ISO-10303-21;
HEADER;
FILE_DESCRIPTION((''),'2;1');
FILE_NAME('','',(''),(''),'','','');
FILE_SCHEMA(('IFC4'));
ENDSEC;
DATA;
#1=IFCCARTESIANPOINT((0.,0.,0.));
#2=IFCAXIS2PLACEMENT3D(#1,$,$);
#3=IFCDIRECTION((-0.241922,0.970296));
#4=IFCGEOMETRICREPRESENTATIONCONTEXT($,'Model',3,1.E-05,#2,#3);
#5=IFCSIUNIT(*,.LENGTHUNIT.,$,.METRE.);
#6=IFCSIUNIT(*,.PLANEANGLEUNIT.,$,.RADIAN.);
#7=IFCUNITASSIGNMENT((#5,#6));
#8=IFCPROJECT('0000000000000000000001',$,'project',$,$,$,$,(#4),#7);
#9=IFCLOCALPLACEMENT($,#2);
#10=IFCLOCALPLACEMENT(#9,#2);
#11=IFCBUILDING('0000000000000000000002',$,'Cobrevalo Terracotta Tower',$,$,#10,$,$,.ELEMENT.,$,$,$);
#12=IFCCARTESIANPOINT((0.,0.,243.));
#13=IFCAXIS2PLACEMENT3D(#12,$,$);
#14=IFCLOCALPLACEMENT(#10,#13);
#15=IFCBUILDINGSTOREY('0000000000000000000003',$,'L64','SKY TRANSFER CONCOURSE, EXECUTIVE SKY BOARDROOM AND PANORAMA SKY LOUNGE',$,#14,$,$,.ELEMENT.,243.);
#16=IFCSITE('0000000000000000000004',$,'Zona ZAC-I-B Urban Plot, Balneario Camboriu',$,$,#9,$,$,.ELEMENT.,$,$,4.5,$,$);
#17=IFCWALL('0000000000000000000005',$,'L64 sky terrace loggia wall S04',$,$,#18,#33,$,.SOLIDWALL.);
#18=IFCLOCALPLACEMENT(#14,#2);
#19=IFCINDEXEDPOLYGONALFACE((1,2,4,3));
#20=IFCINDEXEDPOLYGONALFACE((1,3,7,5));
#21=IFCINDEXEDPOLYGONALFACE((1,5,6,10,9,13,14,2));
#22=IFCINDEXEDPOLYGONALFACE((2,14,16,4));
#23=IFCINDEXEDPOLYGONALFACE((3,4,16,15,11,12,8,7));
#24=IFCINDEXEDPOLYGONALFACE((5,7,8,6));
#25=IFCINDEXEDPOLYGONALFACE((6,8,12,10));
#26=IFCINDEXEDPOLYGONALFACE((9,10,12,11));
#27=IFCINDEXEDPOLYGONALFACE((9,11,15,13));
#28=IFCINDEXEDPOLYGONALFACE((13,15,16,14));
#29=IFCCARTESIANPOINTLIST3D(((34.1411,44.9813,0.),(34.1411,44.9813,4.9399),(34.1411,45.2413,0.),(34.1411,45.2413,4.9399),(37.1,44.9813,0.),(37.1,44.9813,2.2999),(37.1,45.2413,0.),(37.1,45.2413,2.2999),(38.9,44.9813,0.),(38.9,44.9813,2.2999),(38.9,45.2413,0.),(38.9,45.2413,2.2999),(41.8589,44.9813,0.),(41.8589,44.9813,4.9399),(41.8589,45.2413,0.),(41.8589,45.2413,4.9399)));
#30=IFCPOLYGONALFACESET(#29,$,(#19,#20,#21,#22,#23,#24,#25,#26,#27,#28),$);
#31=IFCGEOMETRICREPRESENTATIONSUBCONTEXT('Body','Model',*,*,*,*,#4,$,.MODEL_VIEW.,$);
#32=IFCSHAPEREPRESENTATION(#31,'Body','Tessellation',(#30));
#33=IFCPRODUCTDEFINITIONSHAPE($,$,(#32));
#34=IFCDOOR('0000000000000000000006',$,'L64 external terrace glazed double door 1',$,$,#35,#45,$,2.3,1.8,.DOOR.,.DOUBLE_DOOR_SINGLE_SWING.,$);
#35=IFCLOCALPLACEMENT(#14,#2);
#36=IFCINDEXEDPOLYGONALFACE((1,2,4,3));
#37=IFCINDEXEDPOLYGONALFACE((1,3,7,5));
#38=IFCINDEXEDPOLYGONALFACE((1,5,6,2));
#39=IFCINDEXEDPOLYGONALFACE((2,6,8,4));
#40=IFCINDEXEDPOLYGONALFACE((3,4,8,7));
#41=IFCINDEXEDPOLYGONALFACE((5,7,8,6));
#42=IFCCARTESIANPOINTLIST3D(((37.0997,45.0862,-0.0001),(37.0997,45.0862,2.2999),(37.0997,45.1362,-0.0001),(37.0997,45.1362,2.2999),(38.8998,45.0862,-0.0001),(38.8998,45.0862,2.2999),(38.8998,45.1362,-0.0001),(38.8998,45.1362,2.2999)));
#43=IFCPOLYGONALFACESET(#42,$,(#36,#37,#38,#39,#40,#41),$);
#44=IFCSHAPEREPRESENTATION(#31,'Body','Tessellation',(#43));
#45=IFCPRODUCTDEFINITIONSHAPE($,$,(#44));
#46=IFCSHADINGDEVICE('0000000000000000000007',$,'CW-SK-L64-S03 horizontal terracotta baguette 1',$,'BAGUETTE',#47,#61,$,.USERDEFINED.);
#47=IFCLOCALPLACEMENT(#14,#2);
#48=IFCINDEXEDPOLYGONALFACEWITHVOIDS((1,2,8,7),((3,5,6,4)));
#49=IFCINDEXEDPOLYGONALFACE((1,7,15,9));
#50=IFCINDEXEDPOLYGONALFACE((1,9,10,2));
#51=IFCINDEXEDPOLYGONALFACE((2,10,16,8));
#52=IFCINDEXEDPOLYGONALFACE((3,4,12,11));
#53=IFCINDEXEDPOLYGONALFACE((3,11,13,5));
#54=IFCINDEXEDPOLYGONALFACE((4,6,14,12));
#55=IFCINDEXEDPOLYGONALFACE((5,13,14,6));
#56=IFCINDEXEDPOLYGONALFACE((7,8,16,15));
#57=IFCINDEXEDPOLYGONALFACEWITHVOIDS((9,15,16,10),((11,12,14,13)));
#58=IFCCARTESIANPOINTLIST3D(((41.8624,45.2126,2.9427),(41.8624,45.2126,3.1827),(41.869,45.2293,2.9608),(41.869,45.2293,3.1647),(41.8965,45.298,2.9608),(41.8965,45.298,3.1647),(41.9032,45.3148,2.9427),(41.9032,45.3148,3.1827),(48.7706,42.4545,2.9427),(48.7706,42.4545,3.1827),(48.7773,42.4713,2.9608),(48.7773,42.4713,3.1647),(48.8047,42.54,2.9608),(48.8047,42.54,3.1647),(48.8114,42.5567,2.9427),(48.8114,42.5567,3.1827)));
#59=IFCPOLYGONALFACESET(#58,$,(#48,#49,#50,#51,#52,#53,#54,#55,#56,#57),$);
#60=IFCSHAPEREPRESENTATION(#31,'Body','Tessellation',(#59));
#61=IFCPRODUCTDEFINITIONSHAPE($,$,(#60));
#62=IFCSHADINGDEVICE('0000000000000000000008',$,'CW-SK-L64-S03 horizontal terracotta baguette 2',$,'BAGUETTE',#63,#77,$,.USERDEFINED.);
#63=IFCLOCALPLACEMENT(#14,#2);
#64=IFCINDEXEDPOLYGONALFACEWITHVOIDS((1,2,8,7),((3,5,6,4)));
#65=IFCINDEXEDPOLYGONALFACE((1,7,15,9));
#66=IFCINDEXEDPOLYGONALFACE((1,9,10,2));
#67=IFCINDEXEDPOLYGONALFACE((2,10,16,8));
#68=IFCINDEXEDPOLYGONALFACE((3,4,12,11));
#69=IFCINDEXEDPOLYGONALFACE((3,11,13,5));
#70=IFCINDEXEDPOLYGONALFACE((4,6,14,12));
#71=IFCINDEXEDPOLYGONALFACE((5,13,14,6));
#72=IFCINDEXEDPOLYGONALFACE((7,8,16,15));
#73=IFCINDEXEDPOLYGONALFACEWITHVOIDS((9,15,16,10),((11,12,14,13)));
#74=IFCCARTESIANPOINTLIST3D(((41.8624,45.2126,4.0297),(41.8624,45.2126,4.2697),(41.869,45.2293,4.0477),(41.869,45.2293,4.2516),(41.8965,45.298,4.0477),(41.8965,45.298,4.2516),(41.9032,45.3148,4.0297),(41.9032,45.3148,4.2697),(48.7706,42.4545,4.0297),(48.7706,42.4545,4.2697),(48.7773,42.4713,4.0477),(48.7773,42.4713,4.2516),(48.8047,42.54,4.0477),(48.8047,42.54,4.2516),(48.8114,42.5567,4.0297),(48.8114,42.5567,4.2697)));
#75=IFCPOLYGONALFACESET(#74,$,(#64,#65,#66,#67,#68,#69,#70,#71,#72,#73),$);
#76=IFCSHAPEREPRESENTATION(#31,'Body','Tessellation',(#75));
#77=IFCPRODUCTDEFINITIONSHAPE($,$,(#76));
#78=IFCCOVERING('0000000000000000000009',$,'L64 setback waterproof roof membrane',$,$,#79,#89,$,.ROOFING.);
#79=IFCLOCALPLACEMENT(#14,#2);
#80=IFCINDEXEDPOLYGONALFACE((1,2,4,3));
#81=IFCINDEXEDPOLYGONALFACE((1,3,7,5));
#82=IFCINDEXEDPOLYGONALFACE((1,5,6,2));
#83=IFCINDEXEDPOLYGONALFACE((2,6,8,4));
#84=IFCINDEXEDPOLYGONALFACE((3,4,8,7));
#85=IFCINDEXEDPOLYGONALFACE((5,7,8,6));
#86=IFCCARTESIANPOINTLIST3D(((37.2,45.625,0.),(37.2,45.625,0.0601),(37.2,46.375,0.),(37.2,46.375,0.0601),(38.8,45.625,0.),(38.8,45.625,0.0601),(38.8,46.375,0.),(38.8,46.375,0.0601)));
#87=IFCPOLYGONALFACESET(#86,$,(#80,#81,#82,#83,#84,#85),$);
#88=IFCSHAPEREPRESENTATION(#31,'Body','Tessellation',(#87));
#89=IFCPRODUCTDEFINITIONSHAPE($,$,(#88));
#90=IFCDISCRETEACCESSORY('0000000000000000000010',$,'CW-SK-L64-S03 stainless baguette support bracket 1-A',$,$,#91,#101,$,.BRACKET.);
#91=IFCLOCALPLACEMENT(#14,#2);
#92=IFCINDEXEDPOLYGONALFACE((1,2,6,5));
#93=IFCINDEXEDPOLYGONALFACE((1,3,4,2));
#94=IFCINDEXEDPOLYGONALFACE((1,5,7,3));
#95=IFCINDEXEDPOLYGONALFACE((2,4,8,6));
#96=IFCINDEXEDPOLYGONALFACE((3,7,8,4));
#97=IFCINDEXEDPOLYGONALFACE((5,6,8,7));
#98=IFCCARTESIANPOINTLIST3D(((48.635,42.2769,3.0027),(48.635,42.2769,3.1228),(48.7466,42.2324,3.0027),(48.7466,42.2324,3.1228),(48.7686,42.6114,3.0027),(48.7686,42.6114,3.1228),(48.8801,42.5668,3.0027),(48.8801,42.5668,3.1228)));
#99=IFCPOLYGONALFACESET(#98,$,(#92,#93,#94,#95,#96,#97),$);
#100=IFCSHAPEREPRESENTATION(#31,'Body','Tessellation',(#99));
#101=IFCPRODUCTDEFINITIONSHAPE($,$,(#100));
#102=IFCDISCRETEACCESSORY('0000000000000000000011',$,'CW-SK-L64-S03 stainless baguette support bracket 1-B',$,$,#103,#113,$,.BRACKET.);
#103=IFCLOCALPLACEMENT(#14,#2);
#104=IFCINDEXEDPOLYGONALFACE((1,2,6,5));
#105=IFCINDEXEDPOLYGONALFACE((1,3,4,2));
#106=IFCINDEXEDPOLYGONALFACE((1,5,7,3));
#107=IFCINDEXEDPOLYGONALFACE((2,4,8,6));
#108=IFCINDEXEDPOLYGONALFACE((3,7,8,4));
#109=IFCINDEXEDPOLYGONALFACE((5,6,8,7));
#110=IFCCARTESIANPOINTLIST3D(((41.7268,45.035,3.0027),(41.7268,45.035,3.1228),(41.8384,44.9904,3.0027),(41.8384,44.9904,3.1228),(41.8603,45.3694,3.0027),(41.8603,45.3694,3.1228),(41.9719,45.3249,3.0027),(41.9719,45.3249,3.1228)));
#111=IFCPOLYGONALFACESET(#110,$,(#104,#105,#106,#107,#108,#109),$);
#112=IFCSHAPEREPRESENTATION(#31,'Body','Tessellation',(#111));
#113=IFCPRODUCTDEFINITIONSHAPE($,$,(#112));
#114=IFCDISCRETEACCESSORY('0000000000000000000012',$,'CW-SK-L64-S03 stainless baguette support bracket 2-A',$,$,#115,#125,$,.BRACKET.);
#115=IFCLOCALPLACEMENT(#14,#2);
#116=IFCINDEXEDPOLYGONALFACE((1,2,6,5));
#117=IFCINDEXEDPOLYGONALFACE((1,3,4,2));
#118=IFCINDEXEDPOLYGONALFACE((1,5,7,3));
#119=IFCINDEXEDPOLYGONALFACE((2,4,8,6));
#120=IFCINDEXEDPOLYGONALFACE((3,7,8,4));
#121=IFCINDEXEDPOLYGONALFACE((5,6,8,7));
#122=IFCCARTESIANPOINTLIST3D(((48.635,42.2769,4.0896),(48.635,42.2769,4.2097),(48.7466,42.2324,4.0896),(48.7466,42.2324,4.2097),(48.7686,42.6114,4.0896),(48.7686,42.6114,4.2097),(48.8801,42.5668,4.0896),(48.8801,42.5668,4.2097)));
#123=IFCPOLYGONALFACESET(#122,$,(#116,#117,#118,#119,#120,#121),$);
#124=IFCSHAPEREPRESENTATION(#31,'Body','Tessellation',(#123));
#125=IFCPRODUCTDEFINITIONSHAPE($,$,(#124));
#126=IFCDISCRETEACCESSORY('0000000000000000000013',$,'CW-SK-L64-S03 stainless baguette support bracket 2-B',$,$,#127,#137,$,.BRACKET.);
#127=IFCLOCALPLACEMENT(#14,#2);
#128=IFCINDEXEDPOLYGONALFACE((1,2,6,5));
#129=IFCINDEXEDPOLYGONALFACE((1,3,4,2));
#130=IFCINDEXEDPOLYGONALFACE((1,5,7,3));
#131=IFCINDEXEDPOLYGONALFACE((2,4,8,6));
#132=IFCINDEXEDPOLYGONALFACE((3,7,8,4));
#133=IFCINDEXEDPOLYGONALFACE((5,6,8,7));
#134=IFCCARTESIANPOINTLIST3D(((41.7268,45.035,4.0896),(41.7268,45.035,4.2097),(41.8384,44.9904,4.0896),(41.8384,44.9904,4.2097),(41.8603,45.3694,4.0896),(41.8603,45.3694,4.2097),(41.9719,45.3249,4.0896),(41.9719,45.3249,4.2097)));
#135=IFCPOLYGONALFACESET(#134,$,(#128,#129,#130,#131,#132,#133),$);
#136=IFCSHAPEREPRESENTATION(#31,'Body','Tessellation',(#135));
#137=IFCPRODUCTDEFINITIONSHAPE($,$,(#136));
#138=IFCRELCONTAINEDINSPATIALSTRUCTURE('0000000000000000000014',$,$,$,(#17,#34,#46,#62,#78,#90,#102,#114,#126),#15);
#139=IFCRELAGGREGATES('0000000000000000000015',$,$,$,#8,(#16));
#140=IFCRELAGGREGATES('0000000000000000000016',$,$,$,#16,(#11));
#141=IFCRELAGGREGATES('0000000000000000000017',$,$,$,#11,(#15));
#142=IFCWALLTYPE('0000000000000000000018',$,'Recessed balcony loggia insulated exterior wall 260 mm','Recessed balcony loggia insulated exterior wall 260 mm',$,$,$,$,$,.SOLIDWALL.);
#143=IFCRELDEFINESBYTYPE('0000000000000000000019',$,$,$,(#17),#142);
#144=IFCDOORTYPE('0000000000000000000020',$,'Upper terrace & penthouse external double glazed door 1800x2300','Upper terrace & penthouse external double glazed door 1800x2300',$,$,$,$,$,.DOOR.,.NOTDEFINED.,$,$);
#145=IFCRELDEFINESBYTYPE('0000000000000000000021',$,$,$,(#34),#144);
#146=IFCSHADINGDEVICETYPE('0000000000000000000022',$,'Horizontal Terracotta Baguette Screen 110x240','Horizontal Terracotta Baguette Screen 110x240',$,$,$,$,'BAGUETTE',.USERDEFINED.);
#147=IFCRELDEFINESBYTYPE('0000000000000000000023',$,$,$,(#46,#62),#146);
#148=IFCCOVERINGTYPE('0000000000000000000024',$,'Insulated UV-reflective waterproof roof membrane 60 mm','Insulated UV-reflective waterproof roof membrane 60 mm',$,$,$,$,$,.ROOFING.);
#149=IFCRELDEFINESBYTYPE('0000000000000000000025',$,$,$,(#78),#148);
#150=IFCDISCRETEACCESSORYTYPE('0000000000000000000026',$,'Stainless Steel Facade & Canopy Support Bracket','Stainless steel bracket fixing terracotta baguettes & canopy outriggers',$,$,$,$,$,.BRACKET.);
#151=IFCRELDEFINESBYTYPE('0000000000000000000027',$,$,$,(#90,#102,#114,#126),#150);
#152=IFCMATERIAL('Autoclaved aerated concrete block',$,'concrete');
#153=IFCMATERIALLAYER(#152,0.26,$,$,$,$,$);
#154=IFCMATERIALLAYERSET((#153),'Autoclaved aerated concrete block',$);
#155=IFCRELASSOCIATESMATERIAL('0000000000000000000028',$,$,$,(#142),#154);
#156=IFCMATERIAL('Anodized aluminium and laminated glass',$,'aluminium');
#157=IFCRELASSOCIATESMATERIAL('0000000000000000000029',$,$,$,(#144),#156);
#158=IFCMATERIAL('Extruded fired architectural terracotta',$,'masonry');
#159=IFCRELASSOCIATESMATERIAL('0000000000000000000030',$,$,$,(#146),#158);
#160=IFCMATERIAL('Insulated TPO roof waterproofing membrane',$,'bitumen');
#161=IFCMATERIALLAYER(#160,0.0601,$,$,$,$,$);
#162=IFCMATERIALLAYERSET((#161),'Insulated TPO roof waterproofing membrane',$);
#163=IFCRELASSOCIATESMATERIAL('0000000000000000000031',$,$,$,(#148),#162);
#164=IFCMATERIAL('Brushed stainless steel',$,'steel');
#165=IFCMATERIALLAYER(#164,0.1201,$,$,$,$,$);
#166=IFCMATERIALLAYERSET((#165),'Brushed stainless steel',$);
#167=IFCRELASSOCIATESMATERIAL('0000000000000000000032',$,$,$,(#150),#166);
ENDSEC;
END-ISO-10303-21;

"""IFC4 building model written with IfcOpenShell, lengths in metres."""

from ifc_helpers import new_model, si_unit, direction, frame, frame_2d, origin, origin_2d, place, context, subcontext, project, spatial, rectangle, hollow_rectangle, extrude, source, transform, mapped, material, layer, layer_set, material_profile, profile_set, type_object, element, fill, save


model = new_model("IFC4")

# Units and contexts
model_context = context("Model", 3, precision=1e-05, world=origin(), true_north=direction((-0.241922, 0.970296)))
body_context = subcontext(model_context, "Body", "Model", "MODEL_VIEW")
ifc_project = project(units=[si_unit("LENGTHUNIT", "METRE"), si_unit("PLANEANGLEUNIT", "RADIAN")], contexts=[model_context])

# Site, building, storey
site_placement = place(None, origin())
site = spatial("IfcSite", under=ifc_project, at=site_placement, Name="Zona ZAC-I-B Urban Plot, Balneario Camboriu", CompositionType="ELEMENT", RefElevation=4.5)
building_placement = place(site_placement, origin())
building = spatial("IfcBuilding", under=site, at=building_placement, Name="Cobrevalo Terracotta Tower", CompositionType="ELEMENT")
storey_placement = place(building_placement, frame((0.0, 0.0, 243.0)))
storey = spatial("IfcBuildingStorey", under=building, at=storey_placement, Name="L64", Description="SKY TRANSFER CONCOURSE, EXECUTIVE SKY BOARDROOM AND PANORAMA SKY LOUNGE", CompositionType="ELEMENT", Elevation=243.0)

# Wall, opening, door
ifc_material_1 = material(Name="Autoclaved aerated concrete block", Category="concrete")
ifc_layer_1 = layer(ifc_material_1, 0.26)
ifc_layer_set_1 = layer_set([ifc_layer_1], Name="Autoclaved aerated concrete block")
wall_type = type_object("IfcWallType", Name="Recessed balcony loggia insulated exterior wall 260 mm", Description="Recessed balcony loggia insulated exterior wall 260 mm", PredefinedType="SOLIDWALL", material=ifc_layer_set_1)
wall_placement = place(storey_placement, frame((41.8589, 45.1113, 0.0), z_axis=(0.0, 0.0, 1.0), x_axis=(-1.0, 0.0, 0.0)))
wall = element("IfcWall", 1, at=wall_placement, inside=storey, type_object=wall_type, Name="L64 sky terrace loggia wall S04", PredefinedType="SOLIDWALL", context=body_context, shape_type="SweptSolid", body=[
    extrude(rectangle(XDim=7.7178, YDim=0.26, at=frame_2d((3.8589, 0.0))), origin(), (0.0, 0.0, 1.0), 4.9399),
])
opening_placement = place(wall_placement, frame((2.959, 0.0, 0.0)))
opening = element("IfcOpeningElement", 2, at=opening_placement, cuts=wall, PredefinedType="OPENING", context=body_context, shape_type="SweptSolid", body=[
    extrude(rectangle(XDim=1.8, YDim=2.3, at=frame_2d((0.8999, 1.1499))), frame((0.0, 0.1401, 0.0), z_axis=(0.0, -1.0, 0.0), x_axis=(1.0, 0.0, 0.0)), (0.0, 0.0, 1.0), 0.28),
])
ifc_material_2 = material(Name="Anodized aluminium and laminated glass", Category="aluminium")
door_type = type_object("IfcDoorType", Name="Upper terrace & penthouse external double glazed door 1800x2300", Description="Upper terrace & penthouse external double glazed door 1800x2300", OperationType="NOTDEFINED", PredefinedType="DOOR", material=ifc_material_2)
shared_shape_1 = source(origin(), body_context, "Body", "SweptSolid", [
    extrude(rectangle(XDim=1.8, YDim=2.3, at=frame_2d((0.8999, 1.1499))), frame((0.0, 0.0249, 0.0), z_axis=(0.0, -1.0, 0.0), x_axis=(1.0, 0.0, 0.0)), (0.0, 0.0, 1.0), 0.05),
])
door_placement = place(opening_placement, frame((1.8, 0.0, 0.0), z_axis=(0.0, 0.0, 1.0), x_axis=(-1.0, 0.0, 0.0)))
door = element("IfcDoor", 3, at=door_placement, inside=storey, type_object=door_type, Name="L64 external terrace glazed double door 1", OperationType="DOUBLE_DOOR_SINGLE_SWING", OverallHeight=2.3, OverallWidth=1.8, PredefinedType="DOOR", context=body_context, shape_type="MappedRepresentation", body=[
    mapped(shared_shape_1, transform((0.0, 0.0, 0.0), scale=1.0)),
])
fill(opening, door)

# Shading devices
ifc_material_3 = material(Name="Extruded fired architectural terracotta", Category="masonry")
ifc_material_profile_1 = material_profile(ifc_material_3, hollow_rectangle(XDim=0.1101, YDim=0.24, WallThickness=0.0181, at=origin_2d()), Name="BAGUETTE 110x240")
ifc_profile_set_1 = profile_set([ifc_material_profile_1], Name="Extruded fired architectural terracotta")
shading_device_type = type_object("IfcShadingDeviceType", Name="Horizontal Terracotta Baguette Screen 110x240", Description="Horizontal Terracotta Baguette Screen 110x240", ElementType="BAGUETTE", PredefinedType="USERDEFINED", material=ifc_profile_set_1)
shared_shape_2 = source(origin(), body_context, "Body", "SweptSolid", [
    extrude(hollow_rectangle(XDim=0.1101, YDim=0.24, WallThickness=0.0181, at=origin_2d()), origin(), (0.0, 0.0, 1.0), 7.4385),
])
for number, where, z_axis, x_axis, name in (
    (4, (48.791, 42.5056, 3.0627), (-0.928719, 0.370785, 0.0), (-0.370785, -0.928719, 0.0), "CW-SK-L64-S03 horizontal terracotta baguette 1"),
    (5, (48.791, 42.5056, 4.1497), (-0.928719, 0.370785, 0.0), (-0.370785, -0.928719, 0.0), "CW-SK-L64-S03 horizontal terracotta baguette 2"),
):
    element("IfcShadingDevice", number, at=place(storey_placement, frame(where, z_axis=z_axis, x_axis=x_axis)), inside=storey, type_object=shading_device_type, Name=name, ObjectType="BAGUETTE", PredefinedType="USERDEFINED", context=body_context, shape_type="MappedRepresentation", body=[
        mapped(shared_shape_2, transform((0.0, 0.0, 0.0), scale=1.0)),
    ])

# Covering
ifc_material_4 = material(Name="Insulated TPO roof waterproofing membrane", Category="bitumen")
ifc_layer_2 = layer(ifc_material_4, 0.0601)
ifc_layer_set_2 = layer_set([ifc_layer_2], Name="Insulated TPO roof waterproofing membrane")
covering_type = type_object("IfcCoveringType", Name="Insulated UV-reflective waterproof roof membrane 60 mm", Description="Insulated UV-reflective waterproof roof membrane 60 mm", PredefinedType="ROOFING", material=ifc_layer_set_2)
shared_shape_3 = source(origin(), body_context, "Body", "SweptSolid", [
    extrude(rectangle(XDim=1.6001, YDim=0.75, at=origin_2d()), origin(), (0.0, 0.0, 1.0), 0.0601),
])
covering_placement = place(storey_placement, frame((38.0, 46.0, 0.0), z_axis=(0.0, 0.0, 1.0), x_axis=(1.0, 0.0, 0.0)))
element("IfcCovering", 6, at=covering_placement, inside=storey, type_object=covering_type, Name="L64 setback waterproof roof membrane", PredefinedType="ROOFING", context=body_context, shape_type="MappedRepresentation", body=[
    mapped(shared_shape_3, transform((0.0, 0.0, 0.0), scale=1.0)),
])

# Discrete accessories
ifc_material_5 = material(Name="Brushed stainless steel", Category="steel")
ifc_layer_3 = layer(ifc_material_5, 0.1201)
ifc_layer_set_3 = layer_set([ifc_layer_3], Name="Brushed stainless steel")
discrete_accessory_type = type_object("IfcDiscreteAccessoryType", Name="Stainless Steel Facade & Canopy Support Bracket", Description="Stainless steel bracket fixing terracotta baguettes & canopy outriggers", PredefinedType="BRACKET", material=ifc_layer_set_3)
shared_shape_4 = source(origin(), body_context, "Body", "SweptSolid", [
    extrude(rectangle(XDim=0.1201, YDim=0.3601, at=origin_2d()), origin(), (0.0, 0.0, 1.0), 0.1201),
])
for number, where, z_axis, x_axis, name in (
    (7, (48.7576, 42.4219, 3.0027), (0.0, 0.0, 1.0), (-0.928718, 0.370786, 0.0), "CW-SK-L64-S03 stainless baguette support bracket 1-A"),
    (8, (41.8494, 45.1799, 3.0027), (0.0, 0.0, 1.0), (-0.928718, 0.370786, 0.0), "CW-SK-L64-S03 stainless baguette support bracket 1-B"),
    (9, (48.7576, 42.4219, 4.0896), (0.0, 0.0, 1.0), (-0.928718, 0.370786, 0.0), "CW-SK-L64-S03 stainless baguette support bracket 2-A"),
    (10, (41.8494, 45.1799, 4.0896), (0.0, 0.0, 1.0), (-0.928718, 0.370786, 0.0), "CW-SK-L64-S03 stainless baguette support bracket 2-B"),
):
    element("IfcDiscreteAccessory", number, at=place(storey_placement, frame(where, z_axis=z_axis, x_axis=x_axis)), inside=storey, type_object=discrete_accessory_type, Name=name, PredefinedType="BRACKET", context=body_context, shape_type="MappedRepresentation", body=[
        mapped(shared_shape_4, transform((0.0, 0.0, 0.0), scale=1.0)),
    ])

save(model, "model.ifc")
